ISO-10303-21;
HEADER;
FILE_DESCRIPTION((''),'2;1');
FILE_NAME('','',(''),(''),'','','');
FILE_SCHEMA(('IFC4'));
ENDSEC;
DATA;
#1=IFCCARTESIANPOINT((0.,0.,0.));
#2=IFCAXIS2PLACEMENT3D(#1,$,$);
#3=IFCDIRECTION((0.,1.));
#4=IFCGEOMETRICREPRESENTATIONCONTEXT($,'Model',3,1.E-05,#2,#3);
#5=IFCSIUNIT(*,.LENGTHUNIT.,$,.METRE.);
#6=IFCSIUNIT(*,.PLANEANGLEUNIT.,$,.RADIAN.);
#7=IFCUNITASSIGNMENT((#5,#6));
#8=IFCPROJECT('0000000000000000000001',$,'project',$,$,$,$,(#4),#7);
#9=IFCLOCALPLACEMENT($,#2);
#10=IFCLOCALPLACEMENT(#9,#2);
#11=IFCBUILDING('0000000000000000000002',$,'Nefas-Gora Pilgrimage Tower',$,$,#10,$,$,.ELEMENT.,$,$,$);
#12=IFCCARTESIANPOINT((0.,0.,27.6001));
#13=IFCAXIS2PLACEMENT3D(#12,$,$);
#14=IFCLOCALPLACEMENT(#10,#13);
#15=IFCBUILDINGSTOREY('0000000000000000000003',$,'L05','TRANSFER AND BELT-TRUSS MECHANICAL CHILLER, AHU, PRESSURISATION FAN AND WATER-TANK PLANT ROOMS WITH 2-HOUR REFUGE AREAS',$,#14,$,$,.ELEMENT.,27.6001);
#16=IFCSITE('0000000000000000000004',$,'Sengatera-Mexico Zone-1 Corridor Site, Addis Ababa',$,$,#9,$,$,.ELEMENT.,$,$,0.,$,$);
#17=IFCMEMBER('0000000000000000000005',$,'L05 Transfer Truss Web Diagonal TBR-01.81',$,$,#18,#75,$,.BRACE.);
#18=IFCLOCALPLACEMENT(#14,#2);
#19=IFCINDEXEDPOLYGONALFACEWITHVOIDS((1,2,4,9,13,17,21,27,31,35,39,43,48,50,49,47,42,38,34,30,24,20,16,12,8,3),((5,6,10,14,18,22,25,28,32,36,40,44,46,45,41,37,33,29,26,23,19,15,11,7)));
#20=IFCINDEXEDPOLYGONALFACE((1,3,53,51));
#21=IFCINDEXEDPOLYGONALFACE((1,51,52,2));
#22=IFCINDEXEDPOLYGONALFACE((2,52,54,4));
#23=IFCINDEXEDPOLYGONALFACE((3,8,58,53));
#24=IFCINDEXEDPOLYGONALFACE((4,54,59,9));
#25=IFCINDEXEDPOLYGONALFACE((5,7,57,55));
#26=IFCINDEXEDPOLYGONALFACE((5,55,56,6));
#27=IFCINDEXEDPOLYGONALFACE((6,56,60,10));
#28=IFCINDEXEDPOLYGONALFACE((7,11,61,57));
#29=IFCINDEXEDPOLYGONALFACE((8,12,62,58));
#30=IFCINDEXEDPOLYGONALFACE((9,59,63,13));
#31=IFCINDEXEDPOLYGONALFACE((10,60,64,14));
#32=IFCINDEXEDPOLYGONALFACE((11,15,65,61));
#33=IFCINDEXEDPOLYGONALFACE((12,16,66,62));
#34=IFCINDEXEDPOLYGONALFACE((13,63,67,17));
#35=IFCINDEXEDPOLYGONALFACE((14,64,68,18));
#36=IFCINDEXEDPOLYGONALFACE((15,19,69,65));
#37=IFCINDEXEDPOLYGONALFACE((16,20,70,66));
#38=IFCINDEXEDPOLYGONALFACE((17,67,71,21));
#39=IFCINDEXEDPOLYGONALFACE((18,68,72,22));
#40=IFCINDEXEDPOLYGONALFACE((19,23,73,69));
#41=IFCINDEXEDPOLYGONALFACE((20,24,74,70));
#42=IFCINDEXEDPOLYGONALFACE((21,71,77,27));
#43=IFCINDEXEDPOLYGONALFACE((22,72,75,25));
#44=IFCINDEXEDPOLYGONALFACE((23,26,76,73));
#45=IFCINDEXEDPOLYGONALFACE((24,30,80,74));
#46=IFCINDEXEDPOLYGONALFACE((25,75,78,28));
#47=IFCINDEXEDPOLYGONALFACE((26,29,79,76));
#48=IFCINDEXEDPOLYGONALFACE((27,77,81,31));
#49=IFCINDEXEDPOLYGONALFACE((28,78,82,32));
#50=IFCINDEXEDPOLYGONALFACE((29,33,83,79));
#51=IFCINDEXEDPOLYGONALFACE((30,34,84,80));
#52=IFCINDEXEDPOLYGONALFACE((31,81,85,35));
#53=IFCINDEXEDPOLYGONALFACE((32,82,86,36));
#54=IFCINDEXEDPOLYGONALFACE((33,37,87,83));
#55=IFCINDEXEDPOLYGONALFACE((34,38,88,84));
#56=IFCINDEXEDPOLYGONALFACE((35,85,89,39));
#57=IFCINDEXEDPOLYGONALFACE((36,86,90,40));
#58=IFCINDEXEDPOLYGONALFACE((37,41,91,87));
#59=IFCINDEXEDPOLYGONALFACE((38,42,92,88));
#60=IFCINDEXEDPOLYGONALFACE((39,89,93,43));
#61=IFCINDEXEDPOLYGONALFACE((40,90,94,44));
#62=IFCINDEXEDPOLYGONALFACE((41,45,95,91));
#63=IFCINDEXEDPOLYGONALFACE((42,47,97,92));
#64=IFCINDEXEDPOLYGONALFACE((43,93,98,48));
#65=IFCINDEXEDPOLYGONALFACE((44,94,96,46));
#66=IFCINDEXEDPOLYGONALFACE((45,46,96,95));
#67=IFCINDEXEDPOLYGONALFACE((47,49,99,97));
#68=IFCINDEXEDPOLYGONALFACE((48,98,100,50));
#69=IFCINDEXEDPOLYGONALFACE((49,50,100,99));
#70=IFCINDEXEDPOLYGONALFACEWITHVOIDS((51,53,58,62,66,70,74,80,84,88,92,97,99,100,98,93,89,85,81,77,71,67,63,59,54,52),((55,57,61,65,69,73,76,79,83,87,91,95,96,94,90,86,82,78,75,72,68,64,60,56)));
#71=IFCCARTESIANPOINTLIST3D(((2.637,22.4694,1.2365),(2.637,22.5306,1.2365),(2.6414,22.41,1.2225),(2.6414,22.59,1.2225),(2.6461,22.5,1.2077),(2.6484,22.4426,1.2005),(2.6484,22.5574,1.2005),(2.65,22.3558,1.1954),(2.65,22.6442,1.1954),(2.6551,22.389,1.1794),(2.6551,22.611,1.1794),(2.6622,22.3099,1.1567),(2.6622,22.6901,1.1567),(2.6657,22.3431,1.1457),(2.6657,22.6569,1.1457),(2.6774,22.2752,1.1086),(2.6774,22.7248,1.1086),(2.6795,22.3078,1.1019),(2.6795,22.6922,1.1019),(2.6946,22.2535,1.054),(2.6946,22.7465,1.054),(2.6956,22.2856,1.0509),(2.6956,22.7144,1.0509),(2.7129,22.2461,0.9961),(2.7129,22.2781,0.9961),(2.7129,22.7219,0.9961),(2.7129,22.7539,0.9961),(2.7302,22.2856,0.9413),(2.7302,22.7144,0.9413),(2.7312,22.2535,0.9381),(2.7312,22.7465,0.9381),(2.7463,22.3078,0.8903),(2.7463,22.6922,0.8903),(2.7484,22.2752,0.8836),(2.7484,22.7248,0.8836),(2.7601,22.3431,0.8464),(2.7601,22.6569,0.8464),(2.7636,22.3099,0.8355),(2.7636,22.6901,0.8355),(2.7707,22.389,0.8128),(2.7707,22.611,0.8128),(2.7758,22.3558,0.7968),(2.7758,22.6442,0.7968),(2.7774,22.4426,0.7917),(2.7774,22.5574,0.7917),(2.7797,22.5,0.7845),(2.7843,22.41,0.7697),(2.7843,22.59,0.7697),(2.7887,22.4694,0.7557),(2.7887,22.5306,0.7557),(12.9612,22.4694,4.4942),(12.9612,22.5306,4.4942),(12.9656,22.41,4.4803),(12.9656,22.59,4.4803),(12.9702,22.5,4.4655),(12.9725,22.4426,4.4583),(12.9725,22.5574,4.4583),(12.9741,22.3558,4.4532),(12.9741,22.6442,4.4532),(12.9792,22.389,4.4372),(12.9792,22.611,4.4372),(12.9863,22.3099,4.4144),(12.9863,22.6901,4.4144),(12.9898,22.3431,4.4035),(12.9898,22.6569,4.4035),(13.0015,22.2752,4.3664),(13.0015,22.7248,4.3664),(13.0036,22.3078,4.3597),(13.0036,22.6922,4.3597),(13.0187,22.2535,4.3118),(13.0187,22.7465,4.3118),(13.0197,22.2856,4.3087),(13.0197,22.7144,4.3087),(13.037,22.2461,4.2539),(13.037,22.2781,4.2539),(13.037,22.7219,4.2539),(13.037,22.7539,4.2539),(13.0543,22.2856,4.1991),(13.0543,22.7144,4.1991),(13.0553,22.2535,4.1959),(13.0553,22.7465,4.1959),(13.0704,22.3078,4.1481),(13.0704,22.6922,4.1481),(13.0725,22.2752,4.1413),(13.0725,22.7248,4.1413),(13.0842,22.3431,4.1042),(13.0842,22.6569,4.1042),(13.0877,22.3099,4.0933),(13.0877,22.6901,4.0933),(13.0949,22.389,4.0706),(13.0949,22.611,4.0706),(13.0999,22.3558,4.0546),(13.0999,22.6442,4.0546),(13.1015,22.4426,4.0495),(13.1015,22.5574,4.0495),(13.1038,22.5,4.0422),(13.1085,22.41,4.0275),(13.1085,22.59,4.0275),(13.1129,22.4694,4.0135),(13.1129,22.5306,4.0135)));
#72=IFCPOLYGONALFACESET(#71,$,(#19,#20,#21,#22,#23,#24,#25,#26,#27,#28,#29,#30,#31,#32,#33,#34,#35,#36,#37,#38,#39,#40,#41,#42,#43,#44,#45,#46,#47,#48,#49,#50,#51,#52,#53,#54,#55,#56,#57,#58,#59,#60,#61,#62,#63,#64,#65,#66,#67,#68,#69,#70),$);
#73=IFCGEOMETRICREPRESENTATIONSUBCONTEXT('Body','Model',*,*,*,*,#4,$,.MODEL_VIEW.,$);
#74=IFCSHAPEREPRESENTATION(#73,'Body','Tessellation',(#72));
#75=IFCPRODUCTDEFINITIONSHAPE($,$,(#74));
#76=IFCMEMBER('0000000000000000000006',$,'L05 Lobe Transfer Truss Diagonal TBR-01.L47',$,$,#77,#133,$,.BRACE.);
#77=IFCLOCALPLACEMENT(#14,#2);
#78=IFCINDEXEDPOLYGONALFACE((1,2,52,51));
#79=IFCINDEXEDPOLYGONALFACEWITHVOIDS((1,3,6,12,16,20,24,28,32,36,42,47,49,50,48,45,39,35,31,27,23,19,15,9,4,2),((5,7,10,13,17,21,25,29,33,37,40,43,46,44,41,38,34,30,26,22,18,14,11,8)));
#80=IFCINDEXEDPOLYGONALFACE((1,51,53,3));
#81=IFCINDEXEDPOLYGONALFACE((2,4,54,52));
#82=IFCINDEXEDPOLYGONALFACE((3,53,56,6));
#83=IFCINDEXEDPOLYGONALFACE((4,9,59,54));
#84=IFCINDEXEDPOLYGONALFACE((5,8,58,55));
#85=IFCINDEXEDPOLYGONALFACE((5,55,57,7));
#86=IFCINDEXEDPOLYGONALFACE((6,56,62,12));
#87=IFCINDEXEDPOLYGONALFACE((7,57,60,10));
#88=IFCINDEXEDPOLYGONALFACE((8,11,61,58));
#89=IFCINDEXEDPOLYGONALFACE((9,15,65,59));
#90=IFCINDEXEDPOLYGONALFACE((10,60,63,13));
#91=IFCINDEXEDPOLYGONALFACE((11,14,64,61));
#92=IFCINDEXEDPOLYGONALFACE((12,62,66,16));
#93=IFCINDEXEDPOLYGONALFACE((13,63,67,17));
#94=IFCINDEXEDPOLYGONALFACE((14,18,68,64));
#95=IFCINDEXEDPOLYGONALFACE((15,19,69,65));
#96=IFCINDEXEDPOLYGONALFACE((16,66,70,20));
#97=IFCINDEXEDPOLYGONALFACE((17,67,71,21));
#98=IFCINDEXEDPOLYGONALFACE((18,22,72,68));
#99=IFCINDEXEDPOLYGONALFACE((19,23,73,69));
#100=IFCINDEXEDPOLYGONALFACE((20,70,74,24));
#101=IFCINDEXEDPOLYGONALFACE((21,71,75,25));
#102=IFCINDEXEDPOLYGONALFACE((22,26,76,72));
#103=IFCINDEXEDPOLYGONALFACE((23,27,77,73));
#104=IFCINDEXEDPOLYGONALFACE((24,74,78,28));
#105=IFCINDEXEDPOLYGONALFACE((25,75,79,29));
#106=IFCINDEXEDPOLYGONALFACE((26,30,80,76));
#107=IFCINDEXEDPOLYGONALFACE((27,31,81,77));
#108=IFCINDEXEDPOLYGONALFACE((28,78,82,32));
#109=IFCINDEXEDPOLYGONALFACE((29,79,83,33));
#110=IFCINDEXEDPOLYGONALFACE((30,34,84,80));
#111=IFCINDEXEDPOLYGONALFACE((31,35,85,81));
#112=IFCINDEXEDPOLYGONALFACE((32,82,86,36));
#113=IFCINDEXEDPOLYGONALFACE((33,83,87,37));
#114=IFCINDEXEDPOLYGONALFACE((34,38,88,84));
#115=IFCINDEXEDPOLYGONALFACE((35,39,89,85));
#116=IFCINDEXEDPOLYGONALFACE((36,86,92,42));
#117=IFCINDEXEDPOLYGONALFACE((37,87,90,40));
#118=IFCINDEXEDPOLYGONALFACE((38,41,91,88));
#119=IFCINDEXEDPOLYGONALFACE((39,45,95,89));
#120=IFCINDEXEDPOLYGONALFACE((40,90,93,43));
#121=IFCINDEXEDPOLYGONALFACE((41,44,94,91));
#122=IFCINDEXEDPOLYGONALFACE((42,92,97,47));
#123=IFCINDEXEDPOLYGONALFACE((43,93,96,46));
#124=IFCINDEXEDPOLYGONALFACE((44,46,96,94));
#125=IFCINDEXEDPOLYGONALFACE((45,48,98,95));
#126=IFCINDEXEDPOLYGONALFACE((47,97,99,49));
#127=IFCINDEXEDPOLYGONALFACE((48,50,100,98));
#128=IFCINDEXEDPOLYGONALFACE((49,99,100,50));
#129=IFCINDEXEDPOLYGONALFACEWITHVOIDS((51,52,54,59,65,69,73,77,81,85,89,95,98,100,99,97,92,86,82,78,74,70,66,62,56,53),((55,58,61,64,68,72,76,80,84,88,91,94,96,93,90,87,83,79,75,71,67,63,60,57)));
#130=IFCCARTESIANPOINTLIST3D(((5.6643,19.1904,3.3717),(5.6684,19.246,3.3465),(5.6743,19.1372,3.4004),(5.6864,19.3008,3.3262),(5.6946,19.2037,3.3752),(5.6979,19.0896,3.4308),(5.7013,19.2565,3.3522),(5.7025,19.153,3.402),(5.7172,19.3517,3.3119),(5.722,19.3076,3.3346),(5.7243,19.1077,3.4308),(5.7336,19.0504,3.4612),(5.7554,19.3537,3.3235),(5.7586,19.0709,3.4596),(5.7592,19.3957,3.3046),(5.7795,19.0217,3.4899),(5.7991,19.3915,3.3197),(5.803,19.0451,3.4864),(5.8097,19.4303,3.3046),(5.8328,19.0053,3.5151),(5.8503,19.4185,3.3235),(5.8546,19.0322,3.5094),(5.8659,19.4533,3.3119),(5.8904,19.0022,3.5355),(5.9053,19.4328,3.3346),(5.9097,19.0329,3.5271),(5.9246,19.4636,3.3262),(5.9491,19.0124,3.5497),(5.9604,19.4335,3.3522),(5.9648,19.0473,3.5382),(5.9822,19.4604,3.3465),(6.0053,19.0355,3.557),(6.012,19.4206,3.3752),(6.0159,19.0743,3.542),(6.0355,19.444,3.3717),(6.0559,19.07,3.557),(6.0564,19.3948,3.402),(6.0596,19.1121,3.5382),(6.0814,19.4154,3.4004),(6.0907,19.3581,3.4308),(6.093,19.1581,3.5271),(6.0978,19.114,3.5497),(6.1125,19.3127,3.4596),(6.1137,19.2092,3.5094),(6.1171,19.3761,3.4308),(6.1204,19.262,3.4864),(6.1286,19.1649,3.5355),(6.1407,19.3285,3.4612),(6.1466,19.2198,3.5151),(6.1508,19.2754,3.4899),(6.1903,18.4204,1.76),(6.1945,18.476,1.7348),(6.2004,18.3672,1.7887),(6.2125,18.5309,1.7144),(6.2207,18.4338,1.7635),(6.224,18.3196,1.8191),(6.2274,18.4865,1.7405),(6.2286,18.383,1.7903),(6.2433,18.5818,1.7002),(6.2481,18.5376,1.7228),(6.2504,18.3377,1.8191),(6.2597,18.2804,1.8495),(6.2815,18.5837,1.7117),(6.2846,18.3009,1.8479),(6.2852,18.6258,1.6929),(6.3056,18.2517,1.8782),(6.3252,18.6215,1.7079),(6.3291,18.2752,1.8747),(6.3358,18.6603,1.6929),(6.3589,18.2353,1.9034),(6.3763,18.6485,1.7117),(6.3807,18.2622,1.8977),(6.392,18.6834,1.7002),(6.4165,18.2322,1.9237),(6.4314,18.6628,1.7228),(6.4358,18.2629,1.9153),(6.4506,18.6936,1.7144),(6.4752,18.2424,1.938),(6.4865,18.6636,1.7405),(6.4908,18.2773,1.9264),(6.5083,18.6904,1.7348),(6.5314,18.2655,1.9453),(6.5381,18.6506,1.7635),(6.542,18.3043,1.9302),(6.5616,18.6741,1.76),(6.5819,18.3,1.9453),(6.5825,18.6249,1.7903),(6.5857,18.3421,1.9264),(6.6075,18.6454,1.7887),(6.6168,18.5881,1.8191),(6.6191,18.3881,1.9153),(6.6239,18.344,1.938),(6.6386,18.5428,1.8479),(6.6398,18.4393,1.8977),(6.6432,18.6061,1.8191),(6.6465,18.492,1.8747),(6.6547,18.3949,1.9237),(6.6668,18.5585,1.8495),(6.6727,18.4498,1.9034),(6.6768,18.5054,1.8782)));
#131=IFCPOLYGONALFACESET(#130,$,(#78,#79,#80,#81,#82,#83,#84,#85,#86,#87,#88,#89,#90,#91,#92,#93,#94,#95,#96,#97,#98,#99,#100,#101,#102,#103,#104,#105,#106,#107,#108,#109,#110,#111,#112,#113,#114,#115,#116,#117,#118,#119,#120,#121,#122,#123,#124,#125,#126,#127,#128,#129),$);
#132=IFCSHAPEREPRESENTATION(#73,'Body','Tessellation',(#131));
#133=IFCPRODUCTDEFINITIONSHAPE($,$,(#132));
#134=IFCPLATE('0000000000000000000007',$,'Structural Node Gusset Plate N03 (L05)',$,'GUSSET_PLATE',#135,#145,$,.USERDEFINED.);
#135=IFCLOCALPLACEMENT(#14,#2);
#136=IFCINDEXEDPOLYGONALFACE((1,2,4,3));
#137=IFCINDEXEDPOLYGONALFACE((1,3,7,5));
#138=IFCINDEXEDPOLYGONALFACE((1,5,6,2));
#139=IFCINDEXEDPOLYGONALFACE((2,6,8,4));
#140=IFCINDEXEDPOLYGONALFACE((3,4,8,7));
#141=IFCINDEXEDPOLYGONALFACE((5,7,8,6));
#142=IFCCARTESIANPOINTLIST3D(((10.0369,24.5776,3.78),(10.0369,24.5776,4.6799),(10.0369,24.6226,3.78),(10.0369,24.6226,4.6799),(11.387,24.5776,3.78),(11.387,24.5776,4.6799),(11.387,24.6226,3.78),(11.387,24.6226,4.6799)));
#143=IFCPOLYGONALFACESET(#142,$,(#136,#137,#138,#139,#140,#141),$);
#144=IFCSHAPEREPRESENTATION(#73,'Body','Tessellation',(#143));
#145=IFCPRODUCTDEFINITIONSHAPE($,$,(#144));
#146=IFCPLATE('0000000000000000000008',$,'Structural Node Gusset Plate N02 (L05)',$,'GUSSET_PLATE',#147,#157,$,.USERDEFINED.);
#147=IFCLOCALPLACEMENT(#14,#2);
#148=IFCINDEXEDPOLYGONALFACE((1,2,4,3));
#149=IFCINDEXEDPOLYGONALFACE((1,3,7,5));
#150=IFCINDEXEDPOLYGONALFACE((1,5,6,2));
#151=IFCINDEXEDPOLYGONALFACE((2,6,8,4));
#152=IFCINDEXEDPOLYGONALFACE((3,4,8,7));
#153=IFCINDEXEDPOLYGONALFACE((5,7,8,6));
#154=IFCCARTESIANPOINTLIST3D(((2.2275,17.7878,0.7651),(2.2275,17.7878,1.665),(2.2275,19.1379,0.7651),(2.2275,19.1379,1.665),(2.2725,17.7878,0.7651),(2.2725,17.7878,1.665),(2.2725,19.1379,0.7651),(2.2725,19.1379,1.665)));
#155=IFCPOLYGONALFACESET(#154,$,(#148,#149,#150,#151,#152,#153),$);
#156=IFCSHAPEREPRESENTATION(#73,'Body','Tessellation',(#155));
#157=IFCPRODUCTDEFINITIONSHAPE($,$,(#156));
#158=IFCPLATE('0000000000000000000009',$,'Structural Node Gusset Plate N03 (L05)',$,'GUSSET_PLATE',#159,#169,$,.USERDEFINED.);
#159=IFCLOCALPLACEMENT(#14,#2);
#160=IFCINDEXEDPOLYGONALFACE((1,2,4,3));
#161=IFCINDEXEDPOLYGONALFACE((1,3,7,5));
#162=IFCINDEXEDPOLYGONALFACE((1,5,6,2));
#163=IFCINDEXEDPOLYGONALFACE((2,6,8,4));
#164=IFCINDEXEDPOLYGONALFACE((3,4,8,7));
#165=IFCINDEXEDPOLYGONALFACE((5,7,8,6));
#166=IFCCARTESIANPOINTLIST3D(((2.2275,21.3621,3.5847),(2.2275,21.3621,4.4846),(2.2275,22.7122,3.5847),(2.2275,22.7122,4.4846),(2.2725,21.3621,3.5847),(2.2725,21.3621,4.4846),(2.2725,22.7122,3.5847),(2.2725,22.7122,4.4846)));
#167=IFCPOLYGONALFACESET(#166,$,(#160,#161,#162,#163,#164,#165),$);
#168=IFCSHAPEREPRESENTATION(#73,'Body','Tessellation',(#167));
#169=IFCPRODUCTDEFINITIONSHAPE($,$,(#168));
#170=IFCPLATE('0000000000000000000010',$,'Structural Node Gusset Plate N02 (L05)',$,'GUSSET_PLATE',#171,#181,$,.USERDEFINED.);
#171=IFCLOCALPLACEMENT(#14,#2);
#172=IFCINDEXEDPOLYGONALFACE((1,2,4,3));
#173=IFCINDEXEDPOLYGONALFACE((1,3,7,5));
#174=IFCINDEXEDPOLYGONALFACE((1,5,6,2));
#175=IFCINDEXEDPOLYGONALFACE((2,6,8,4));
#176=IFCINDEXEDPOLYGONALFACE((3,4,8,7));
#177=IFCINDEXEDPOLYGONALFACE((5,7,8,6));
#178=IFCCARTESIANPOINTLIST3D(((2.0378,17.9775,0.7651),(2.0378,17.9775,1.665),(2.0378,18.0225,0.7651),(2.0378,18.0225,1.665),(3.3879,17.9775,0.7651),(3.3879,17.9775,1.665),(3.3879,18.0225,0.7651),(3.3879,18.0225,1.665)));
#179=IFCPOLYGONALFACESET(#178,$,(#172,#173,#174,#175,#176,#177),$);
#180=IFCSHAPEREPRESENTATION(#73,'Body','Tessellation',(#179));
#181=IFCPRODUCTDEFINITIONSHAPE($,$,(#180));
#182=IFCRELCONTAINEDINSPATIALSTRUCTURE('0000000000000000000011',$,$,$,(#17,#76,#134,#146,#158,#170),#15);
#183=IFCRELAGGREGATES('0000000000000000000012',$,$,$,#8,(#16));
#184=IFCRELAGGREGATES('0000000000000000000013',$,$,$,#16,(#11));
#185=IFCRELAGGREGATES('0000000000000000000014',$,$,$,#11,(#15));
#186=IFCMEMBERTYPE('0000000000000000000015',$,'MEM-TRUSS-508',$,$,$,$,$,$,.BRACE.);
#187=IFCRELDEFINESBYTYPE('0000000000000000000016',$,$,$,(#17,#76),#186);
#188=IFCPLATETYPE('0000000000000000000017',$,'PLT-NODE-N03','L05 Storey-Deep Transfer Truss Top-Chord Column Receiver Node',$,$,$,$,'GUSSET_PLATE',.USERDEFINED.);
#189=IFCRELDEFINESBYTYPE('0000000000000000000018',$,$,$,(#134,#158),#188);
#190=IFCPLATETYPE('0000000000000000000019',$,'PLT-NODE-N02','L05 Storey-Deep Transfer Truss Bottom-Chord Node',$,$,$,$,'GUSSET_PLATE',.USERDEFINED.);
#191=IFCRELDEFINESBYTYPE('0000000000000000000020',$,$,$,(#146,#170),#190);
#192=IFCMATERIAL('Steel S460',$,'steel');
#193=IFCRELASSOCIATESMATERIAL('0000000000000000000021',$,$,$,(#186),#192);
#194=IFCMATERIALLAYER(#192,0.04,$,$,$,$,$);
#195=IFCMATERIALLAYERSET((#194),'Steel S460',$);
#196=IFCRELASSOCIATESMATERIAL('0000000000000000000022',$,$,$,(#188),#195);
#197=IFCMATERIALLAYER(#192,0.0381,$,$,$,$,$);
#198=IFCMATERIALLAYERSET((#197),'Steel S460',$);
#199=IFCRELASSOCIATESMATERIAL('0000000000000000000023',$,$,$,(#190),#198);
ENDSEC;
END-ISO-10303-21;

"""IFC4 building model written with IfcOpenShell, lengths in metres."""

from ifc_helpers import new_model, si_unit, direction, frame, origin, origin_2d, place, context, subcontext, project, spatial, rectangle, hollow_circle, extrude, source, transform, mapped, material, layer, layer_set, material_profile, profile_set, type_object, element, save


model = new_model("IFC4")

# Units and contexts
model_context = context("Model", 3, precision=1e-05, world=origin(), true_north=direction((0.0, 1.0)))
body_context = subcontext(model_context, "Body", "Model", "MODEL_VIEW")
ifc_project = project(units=[si_unit("LENGTHUNIT", "METRE"), si_unit("PLANEANGLEUNIT", "RADIAN")], contexts=[model_context])

# Site, building, storey
site_placement = place(None, origin())
site = spatial("IfcSite", under=ifc_project, at=site_placement, Name="Sengatera-Mexico Zone-1 Corridor Site, Addis Ababa", CompositionType="ELEMENT", RefElevation=0.0)
building_placement = place(site_placement, origin())
building = spatial("IfcBuilding", under=site, at=building_placement, Name="Nefas-Gora Pilgrimage Tower", CompositionType="ELEMENT")
storey_placement = place(building_placement, frame((0.0, 0.0, 27.6001)))
storey = spatial("IfcBuildingStorey", under=building, at=storey_placement, Name="L05", Description="TRANSFER AND BELT-TRUSS MECHANICAL CHILLER, AHU, PRESSURISATION FAN AND WATER-TANK PLANT ROOMS WITH 2-HOUR REFUGE AREAS", CompositionType="ELEMENT", Elevation=27.6001)

# Shared definitions
ifc_material = material(Name="Steel S460", Category="steel")

# Shared definitions
ifc_material_profile_1 = material_profile(ifc_material, hollow_circle(Radius=0.2539, WallThickness=0.032, at=origin_2d()), Name="CHS 508x32")
ifc_profile_set_1 = profile_set([ifc_material_profile_1], Name="Steel S460")
member_type = type_object("IfcMemberType", Name="MEM-TRUSS-508", PredefinedType="BRACE", material=ifc_profile_set_1)

# Members
shared_shape_1 = source(origin(), body_context, "Body", "SweptSolid", [
    extrude(hollow_circle(Radius=0.2539, WallThickness=0.032, at=origin_2d()), origin(), (0.0, 0.0, 1.0), 10.8259),
])
member_1_placement = place(storey_placement, frame((2.7129, 22.5, 0.9961), z_axis=(0.953648, 0.0, 0.300924), x_axis=(0.0, 1.0, 0.0)))
element("IfcMember", 1, at=member_1_placement, inside=storey, type_object=member_type, Name="L05 Transfer Truss Web Diagonal TBR-01.81", PredefinedType="BRACE", context=body_context, shape_type="MappedRepresentation", body=[
    mapped(shared_shape_1, transform((0.0, 0.0, 0.0), x_axis=(1.0, 0.0, 0.0), y_axis=(0.0, 1.0, 0.0), z_axis=(0.0, 0.0, 1.0), scale=1.0)),
])
shared_shape_2 = source(origin(), body_context, "Body", "SweptSolid", [
    extrude(hollow_circle(Radius=0.2539, WallThickness=0.032, at=origin_2d()), origin(), (0.0, 0.0, 1.0), 1.8621),
])
member_2_placement = place(storey_placement, frame((6.4336, 18.4629, 1.8191), z_axis=(-0.282532, 0.413506, 0.865557), x_axis=(-0.825673, -0.564149, 0.0)))
element("IfcMember", 2, at=member_2_placement, inside=storey, type_object=member_type, Name="L05 Lobe Transfer Truss Diagonal TBR-01.L47", PredefinedType="BRACE", context=body_context, shape_type="MappedRepresentation", body=[
    mapped(shared_shape_2, transform((0.0, 0.0, 0.0), x_axis=(1.0, 0.0, 0.0), y_axis=(0.0, 1.0, 0.0), z_axis=(0.0, 0.0, 1.0), scale=1.0)),
])

# Plates
ifc_layer_1 = layer(ifc_material, 0.04)
ifc_layer_set_1 = layer_set([ifc_layer_1], Name="Steel S460")
plate_type_1 = type_object("IfcPlateType", Name="PLT-NODE-N03", Description="L05 Storey-Deep Transfer Truss Top-Chord Column Receiver Node", ElementType="GUSSET_PLATE", PredefinedType="USERDEFINED", material=ifc_layer_set_1)
shared_shape_3 = source(origin(), body_context, "Body", "SweptSolid", [
    extrude(rectangle(XDim=1.3501, YDim=0.0449, at=origin_2d()), origin(), (0.0, 0.0, 1.0), 0.8999),
])
plate_1_placement = place(storey_placement, frame((10.7119, 24.6001, 3.78), z_axis=(0.0, 0.0, 1.0), x_axis=(1.0, 0.0, 0.0)))
element("IfcPlate", 3, at=plate_1_placement, inside=storey, type_object=plate_type_1, Name="Structural Node Gusset Plate N03 (L05)", ObjectType="GUSSET_PLATE", PredefinedType="USERDEFINED", context=body_context, shape_type="MappedRepresentation", body=[
    mapped(shared_shape_3, transform((0.0, 0.0, 0.0), x_axis=(1.0, 0.0, 0.0), y_axis=(0.0, 1.0, 0.0), z_axis=(0.0, 0.0, 1.0), scale=1.0)),
])
ifc_layer_2 = layer(ifc_material, 0.0381)
ifc_layer_set_2 = layer_set([ifc_layer_2], Name="Steel S460")
plate_type_2 = type_object("IfcPlateType", Name="PLT-NODE-N02", Description="L05 Storey-Deep Transfer Truss Bottom-Chord Node", ElementType="GUSSET_PLATE", PredefinedType="USERDEFINED", material=ifc_layer_set_2)
plate_2_placement = place(storey_placement, frame((2.25, 18.4629, 0.7651), z_axis=(0.0, 0.0, 1.0), x_axis=(0.0, 1.0, 0.0)))
element("IfcPlate", 4, at=plate_2_placement, inside=storey, type_object=plate_type_2, Name="Structural Node Gusset Plate N02 (L05)", ObjectType="GUSSET_PLATE", PredefinedType="USERDEFINED", context=body_context, shape_type="MappedRepresentation", body=[
    mapped(shared_shape_3, transform((0.0, 0.0, 0.0), x_axis=(1.0, 0.0, 0.0), y_axis=(0.0, 1.0, 0.0), z_axis=(0.0, 0.0, 1.0), scale=1.0)),
])
plate_3_placement = place(storey_placement, frame((2.25, 22.0371, 3.5847), z_axis=(0.0, 0.0, 1.0), x_axis=(0.0, 1.0, 0.0)))
element("IfcPlate", 5, at=plate_3_placement, inside=storey, type_object=plate_type_1, Name="Structural Node Gusset Plate N03 (L05)", ObjectType="GUSSET_PLATE", PredefinedType="USERDEFINED", context=body_context, shape_type="MappedRepresentation", body=[
    mapped(shared_shape_3, transform((0.0, 0.0, 0.0), x_axis=(1.0, 0.0, 0.0), y_axis=(0.0, 1.0, 0.0), z_axis=(0.0, 0.0, 1.0), scale=1.0)),
])
plate_4_placement = place(storey_placement, frame((2.7129, 18.0, 0.7651), z_axis=(0.0, 0.0, 1.0), x_axis=(1.0, 0.0, 0.0)))
element("IfcPlate", 6, at=plate_4_placement, inside=storey, type_object=plate_type_2, Name="Structural Node Gusset Plate N02 (L05)", ObjectType="GUSSET_PLATE", PredefinedType="USERDEFINED", context=body_context, shape_type="MappedRepresentation", body=[
    mapped(shared_shape_3, transform((0.0, 0.0, 0.0), x_axis=(1.0, 0.0, 0.0), y_axis=(0.0, 1.0, 0.0), z_axis=(0.0, 0.0, 1.0), scale=1.0)),
])

save(model, "model.ifc")
